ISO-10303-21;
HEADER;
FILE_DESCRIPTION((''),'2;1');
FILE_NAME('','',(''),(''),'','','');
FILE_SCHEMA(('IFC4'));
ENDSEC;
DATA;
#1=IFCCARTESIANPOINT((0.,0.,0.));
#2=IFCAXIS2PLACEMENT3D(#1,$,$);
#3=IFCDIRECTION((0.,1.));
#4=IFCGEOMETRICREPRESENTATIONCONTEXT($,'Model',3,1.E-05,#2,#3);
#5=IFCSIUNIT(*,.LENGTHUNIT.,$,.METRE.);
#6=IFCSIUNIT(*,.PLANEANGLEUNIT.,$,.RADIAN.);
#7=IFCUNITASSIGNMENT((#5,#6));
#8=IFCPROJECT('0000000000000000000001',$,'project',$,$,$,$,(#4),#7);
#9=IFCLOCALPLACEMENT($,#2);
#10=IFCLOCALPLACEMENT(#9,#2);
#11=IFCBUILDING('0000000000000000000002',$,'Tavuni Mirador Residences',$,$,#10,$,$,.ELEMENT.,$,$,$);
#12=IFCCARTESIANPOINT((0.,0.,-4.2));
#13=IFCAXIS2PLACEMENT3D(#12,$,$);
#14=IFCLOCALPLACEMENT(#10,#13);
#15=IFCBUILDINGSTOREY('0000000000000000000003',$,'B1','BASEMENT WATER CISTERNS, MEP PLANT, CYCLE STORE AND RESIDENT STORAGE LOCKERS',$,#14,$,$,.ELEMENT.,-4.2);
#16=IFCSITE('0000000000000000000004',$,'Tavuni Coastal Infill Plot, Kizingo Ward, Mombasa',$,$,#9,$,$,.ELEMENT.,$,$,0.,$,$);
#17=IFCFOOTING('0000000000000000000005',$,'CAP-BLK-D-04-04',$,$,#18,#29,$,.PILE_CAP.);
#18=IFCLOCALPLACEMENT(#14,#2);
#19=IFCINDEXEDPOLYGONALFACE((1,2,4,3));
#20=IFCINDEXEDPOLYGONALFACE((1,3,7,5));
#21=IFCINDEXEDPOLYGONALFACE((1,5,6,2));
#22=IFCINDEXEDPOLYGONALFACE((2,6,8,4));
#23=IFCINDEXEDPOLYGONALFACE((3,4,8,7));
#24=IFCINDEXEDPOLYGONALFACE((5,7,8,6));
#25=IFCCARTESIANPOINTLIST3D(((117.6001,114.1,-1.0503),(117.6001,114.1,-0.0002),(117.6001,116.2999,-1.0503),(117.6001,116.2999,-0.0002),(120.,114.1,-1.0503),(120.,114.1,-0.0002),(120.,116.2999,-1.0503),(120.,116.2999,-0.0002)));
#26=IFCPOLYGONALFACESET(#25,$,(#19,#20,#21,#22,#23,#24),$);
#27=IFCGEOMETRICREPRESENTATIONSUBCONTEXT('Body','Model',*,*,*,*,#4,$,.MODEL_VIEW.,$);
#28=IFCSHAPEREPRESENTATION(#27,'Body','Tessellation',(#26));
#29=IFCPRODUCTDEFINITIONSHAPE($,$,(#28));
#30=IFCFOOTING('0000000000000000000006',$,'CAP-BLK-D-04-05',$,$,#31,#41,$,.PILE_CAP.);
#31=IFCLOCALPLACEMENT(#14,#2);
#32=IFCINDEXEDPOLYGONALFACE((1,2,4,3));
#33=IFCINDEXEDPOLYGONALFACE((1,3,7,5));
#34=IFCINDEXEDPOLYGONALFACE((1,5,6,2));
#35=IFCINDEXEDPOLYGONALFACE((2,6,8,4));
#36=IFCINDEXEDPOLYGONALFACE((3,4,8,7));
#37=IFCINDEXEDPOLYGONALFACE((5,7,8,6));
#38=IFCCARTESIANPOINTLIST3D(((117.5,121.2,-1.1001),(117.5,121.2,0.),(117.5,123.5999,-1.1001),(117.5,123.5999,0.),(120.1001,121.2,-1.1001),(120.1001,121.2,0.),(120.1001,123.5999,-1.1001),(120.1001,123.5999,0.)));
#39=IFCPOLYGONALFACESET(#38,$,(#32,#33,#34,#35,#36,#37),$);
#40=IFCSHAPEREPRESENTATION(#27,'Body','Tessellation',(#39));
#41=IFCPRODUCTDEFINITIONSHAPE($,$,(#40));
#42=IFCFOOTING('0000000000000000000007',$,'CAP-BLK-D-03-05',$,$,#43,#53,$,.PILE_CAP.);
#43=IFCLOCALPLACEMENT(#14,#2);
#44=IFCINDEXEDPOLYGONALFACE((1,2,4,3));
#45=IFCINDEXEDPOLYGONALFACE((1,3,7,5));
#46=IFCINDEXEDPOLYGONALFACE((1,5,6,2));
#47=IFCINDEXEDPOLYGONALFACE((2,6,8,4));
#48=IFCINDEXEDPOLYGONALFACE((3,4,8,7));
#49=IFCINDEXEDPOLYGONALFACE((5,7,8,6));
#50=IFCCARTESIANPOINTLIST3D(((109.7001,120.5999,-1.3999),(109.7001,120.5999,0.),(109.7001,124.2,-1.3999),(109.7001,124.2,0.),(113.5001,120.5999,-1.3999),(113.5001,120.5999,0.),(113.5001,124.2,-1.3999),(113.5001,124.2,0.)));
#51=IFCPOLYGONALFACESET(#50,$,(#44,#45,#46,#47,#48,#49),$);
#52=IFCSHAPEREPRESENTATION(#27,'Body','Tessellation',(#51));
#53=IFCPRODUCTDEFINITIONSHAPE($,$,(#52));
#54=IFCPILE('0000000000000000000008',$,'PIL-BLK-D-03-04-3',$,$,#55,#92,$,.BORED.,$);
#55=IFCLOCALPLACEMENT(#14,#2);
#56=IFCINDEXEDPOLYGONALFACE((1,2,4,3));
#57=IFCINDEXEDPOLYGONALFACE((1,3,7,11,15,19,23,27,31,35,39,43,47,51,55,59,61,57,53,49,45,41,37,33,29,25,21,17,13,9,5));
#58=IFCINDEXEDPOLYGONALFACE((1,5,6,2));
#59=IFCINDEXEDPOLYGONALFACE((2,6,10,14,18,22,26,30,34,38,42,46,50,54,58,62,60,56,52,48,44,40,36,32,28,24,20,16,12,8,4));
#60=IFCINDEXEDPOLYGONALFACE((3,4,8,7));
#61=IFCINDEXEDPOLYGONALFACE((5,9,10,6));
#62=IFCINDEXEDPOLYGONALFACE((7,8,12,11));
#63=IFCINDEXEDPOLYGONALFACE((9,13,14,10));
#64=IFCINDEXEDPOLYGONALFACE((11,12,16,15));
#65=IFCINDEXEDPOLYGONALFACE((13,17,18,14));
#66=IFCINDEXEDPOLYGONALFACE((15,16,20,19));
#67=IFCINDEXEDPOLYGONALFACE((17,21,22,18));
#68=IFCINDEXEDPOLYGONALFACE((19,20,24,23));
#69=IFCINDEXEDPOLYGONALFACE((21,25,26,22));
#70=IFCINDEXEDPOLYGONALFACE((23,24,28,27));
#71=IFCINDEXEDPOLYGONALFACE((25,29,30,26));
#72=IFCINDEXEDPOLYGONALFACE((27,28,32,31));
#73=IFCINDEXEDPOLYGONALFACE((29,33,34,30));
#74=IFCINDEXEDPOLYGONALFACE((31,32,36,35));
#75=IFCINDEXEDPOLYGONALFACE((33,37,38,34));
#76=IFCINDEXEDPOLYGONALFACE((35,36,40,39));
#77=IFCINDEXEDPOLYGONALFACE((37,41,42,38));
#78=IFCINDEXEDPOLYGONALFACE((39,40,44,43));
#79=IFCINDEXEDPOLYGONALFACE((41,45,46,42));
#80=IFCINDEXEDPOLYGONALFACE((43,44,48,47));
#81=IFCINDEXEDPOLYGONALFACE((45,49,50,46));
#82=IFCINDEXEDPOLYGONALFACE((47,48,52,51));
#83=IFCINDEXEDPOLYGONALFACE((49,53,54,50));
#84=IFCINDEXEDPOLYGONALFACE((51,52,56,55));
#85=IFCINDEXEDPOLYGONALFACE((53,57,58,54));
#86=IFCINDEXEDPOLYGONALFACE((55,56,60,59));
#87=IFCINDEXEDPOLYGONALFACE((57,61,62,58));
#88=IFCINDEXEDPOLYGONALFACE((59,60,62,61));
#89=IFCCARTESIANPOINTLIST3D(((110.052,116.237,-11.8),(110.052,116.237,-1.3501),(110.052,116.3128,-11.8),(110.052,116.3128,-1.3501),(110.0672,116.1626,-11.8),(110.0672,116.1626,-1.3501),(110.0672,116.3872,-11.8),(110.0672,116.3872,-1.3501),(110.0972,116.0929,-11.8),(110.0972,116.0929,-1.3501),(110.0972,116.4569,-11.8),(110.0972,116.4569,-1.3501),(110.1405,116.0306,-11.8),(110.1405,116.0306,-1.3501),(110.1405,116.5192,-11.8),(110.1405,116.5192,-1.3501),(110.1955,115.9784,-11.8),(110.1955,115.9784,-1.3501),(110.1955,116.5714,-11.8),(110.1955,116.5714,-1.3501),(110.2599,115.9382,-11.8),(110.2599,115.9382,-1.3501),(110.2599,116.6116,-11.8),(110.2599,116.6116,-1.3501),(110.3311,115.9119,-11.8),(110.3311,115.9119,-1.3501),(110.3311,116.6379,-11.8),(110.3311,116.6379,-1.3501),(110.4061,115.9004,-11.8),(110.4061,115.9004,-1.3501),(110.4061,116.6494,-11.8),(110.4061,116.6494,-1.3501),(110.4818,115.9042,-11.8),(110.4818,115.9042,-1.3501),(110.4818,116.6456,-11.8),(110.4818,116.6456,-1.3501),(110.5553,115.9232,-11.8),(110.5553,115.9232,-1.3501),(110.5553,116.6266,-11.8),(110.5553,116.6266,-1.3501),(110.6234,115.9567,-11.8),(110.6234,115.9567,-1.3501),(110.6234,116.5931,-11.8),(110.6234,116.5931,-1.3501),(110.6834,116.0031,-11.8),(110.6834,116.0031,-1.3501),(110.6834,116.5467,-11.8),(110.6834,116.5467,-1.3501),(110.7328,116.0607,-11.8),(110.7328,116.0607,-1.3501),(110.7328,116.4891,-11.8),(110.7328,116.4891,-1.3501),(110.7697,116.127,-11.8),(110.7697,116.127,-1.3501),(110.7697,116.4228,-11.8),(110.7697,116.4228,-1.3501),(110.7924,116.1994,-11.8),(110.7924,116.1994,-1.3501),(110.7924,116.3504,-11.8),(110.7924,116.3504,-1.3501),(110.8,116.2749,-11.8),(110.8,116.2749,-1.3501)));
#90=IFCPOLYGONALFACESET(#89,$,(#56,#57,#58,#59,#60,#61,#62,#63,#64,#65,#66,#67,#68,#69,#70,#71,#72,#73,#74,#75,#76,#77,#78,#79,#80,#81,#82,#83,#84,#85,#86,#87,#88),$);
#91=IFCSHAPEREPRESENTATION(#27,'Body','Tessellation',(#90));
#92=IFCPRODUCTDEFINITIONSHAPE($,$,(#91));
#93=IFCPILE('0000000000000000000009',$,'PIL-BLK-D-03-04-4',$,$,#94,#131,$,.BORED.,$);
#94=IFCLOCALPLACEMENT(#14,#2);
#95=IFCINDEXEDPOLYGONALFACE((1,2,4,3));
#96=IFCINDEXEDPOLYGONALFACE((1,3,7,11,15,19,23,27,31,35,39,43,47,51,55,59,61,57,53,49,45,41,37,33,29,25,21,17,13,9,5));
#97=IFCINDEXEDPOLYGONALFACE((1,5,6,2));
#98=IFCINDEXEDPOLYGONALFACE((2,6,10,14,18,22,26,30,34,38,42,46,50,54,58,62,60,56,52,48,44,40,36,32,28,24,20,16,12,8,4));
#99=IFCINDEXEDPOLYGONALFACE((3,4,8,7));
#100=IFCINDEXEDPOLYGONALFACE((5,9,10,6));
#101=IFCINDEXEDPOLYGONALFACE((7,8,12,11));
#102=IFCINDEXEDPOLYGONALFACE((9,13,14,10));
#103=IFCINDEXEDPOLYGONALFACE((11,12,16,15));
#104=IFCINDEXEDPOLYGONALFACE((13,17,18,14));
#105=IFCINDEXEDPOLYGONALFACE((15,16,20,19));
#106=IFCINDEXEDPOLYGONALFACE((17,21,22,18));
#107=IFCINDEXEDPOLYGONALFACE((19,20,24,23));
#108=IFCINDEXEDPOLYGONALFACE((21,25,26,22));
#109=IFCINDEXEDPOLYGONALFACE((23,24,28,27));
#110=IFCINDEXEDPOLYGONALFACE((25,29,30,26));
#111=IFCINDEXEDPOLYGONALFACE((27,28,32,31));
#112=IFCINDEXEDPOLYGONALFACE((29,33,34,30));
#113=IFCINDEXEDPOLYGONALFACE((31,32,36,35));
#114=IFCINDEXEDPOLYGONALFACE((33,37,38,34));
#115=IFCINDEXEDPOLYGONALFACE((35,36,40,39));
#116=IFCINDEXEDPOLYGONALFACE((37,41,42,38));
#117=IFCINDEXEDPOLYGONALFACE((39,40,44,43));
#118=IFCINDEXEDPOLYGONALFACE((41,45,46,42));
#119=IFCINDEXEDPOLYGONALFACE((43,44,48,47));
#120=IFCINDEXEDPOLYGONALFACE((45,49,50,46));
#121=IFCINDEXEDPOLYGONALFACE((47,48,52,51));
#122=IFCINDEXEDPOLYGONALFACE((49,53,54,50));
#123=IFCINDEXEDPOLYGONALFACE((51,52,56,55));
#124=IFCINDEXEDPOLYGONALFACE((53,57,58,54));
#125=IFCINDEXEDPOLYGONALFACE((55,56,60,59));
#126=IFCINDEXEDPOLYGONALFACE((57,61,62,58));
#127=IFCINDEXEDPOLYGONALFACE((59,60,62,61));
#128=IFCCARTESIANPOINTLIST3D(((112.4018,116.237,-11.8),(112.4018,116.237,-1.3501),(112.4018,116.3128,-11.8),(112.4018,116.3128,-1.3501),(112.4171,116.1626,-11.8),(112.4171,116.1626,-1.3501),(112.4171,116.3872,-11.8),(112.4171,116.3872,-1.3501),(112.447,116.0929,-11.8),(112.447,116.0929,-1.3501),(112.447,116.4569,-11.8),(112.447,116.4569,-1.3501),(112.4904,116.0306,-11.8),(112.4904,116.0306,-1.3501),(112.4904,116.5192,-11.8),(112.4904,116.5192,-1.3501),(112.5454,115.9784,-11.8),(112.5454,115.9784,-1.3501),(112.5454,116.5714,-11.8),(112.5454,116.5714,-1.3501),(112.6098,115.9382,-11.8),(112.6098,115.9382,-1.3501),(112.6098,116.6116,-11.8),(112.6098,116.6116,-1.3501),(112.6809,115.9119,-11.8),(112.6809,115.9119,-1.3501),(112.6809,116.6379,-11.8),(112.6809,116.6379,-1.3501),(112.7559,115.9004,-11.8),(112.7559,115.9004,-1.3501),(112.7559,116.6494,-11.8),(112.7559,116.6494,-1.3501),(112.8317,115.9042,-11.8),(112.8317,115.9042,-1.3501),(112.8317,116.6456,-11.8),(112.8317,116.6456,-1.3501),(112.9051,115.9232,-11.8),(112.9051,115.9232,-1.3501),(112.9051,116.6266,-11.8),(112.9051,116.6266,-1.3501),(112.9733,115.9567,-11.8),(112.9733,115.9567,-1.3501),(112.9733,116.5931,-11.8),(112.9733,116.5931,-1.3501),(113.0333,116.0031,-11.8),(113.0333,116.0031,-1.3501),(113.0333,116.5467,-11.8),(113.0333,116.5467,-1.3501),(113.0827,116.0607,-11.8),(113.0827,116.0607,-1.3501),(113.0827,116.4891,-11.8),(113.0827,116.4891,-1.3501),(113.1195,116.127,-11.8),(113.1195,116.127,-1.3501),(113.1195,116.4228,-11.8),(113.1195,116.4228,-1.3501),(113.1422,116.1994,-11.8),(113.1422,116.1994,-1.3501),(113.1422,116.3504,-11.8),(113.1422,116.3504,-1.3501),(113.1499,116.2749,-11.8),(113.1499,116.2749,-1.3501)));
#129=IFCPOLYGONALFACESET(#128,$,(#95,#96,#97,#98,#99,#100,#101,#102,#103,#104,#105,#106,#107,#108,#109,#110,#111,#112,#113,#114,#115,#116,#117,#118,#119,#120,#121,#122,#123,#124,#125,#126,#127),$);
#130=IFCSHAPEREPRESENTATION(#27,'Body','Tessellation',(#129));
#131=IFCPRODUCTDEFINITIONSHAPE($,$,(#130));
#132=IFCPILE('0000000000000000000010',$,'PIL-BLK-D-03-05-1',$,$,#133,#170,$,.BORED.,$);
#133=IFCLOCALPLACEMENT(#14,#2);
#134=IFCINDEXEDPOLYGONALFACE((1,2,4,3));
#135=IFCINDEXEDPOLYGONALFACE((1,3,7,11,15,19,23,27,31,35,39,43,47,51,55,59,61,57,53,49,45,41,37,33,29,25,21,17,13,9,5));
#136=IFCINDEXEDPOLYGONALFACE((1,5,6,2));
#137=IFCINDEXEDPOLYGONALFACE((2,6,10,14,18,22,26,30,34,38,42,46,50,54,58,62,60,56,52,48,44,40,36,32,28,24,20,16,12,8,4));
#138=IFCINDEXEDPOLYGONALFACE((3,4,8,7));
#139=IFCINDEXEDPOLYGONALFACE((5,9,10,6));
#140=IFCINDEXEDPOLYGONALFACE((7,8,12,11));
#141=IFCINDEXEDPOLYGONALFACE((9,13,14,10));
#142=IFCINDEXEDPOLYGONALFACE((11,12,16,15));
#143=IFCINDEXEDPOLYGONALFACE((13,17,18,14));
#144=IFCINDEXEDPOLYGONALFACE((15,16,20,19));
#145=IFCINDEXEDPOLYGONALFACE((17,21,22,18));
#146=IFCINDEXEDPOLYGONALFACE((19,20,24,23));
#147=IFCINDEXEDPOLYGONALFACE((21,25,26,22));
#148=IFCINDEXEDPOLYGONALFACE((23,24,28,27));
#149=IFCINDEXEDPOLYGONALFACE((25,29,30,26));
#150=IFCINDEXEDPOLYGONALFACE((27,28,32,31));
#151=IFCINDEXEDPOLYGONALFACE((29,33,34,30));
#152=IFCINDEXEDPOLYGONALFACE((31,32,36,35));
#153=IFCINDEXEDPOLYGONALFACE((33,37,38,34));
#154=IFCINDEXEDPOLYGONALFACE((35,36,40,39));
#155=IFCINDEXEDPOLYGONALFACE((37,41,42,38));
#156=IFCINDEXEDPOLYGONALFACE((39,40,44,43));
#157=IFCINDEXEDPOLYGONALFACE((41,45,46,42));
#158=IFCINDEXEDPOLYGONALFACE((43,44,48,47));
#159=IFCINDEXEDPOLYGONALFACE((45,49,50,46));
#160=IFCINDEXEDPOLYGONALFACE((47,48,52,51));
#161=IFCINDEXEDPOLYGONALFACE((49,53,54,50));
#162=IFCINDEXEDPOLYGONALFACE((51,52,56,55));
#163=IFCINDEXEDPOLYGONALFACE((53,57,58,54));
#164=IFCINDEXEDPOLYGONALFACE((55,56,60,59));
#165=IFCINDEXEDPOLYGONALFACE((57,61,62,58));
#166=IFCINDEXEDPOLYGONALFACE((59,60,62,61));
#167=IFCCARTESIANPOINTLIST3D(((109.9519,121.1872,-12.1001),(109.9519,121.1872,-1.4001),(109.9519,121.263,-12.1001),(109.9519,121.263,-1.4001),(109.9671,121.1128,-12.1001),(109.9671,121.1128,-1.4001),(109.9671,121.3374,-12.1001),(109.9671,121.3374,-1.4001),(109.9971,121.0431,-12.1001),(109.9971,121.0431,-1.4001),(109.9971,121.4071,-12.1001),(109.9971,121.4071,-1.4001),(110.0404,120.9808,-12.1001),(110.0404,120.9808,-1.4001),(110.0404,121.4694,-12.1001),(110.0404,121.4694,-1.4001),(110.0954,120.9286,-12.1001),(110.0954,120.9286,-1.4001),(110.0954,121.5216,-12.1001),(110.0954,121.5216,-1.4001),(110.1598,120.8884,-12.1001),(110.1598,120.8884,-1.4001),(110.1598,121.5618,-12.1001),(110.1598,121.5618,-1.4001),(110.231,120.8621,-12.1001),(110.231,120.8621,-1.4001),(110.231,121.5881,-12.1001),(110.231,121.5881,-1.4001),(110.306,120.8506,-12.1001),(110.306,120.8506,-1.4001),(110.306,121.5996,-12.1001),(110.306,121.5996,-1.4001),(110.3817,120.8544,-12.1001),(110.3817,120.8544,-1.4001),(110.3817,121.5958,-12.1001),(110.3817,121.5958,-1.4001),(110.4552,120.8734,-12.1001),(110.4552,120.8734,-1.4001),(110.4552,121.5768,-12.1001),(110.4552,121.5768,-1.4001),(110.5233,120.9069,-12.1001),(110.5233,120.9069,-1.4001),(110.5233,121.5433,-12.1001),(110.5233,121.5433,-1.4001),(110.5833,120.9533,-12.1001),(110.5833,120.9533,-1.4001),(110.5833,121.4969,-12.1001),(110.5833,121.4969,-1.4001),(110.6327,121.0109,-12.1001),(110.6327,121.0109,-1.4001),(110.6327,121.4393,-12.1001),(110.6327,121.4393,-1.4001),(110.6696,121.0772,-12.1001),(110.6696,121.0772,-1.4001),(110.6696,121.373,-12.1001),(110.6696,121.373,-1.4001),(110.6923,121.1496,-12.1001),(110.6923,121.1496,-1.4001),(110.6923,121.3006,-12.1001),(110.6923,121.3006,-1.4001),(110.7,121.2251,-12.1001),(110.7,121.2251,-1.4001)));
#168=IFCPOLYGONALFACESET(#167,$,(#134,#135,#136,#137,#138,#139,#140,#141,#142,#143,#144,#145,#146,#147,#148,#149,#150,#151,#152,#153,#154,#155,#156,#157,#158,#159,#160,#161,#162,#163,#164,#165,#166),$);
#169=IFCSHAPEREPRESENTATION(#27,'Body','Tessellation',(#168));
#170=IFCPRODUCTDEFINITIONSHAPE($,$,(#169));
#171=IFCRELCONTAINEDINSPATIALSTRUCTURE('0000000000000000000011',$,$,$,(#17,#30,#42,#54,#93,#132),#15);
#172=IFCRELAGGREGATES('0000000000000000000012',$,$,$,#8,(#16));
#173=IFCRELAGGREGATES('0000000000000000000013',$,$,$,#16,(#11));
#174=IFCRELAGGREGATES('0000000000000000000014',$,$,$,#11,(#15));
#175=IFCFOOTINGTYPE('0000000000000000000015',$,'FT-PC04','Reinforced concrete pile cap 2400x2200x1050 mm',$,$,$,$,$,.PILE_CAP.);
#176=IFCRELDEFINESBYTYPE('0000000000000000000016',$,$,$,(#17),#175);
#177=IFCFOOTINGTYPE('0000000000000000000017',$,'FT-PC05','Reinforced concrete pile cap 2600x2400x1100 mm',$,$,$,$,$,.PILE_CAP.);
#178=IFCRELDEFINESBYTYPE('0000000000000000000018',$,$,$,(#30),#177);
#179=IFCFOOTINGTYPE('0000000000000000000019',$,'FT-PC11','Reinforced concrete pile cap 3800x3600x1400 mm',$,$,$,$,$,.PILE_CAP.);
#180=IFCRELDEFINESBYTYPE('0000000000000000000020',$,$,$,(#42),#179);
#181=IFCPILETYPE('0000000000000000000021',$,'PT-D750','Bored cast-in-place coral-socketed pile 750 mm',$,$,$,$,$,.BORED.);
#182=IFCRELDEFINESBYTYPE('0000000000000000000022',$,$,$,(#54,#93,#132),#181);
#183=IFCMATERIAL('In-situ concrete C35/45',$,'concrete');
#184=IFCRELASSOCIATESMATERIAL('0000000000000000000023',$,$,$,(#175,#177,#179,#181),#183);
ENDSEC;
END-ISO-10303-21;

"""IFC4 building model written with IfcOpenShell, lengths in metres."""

from ifc_helpers import new_model, si_unit, direction, frame, origin, origin_2d, place, context, subcontext, project, spatial, rectangle, circle, extrude, material, material_profile, profile_set, type_object, element, save


model = new_model("IFC4")

# Units and contexts
model_context = context("Model", 3, precision=1e-05, world=origin(), true_north=direction((0.0, 1.0)))
body_context = subcontext(model_context, "Body", "Model", "MODEL_VIEW")
ifc_project = project(units=[si_unit("LENGTHUNIT", "METRE"), si_unit("PLANEANGLEUNIT", "RADIAN")], contexts=[model_context])

# Site, building, storey
site_placement = place(None, origin())
site = spatial("IfcSite", under=ifc_project, at=site_placement, Name="Tavuni Coastal Infill Plot, Kizingo Ward, Mombasa", CompositionType="ELEMENT", RefElevation=0.0)
building_placement = place(site_placement, origin())
building = spatial("IfcBuilding", under=site, at=building_placement, Name="Tavuni Mirador Residences", CompositionType="ELEMENT")
storey_placement = place(building_placement, frame((0.0, 0.0, -4.2)))
storey = spatial("IfcBuildingStorey", under=building, at=storey_placement, Name="B1", Description="BASEMENT WATER CISTERNS, MEP PLANT, CYCLE STORE AND RESIDENT STORAGE LOCKERS", CompositionType="ELEMENT", Elevation=-4.2)

# Footings
ifc_material_1 = material(Name="In-situ concrete C35/45", Category="concrete")
footing_type_1 = type_object("IfcFootingType", Name="FT-PC04", Description="Reinforced concrete pile cap 2400x2200x1050 mm", PredefinedType="PILE_CAP", material=ifc_material_1)
footing_1_placement = place(storey_placement, frame((118.8, 115.2, -1.0503), z_axis=(0.0, 0.0, 1.0), x_axis=(1.0, 0.0, 0.0)))
element("IfcFooting", 1, at=footing_1_placement, inside=storey, type_object=footing_type_1, Name="CAP-BLK-D-04-04", PredefinedType="PILE_CAP", context=body_context, shape_type="SweptSolid", body=[
    extrude(rectangle(XDim=2.3999, YDim=2.2, at=origin_2d()), origin(), (0.0, 0.0, 1.0), 1.05),
])
footing_type_2 = type_object("IfcFootingType", Name="FT-PC05", Description="Reinforced concrete pile cap 2600x2400x1100 mm", PredefinedType="PILE_CAP", material=ifc_material_1)
footing_2_placement = place(storey_placement, frame((118.8, 122.3999, -1.1001), z_axis=(0.0, 0.0, 1.0), x_axis=(1.0, 0.0, 0.0)))
element("IfcFooting", 2, at=footing_2_placement, inside=storey, type_object=footing_type_2, Name="CAP-BLK-D-04-05", PredefinedType="PILE_CAP", context=body_context, shape_type="SweptSolid", body=[
    extrude(rectangle(XDim=2.6001, YDim=2.3999, at=origin_2d()), origin(), (0.0, 0.0, 1.0), 1.1001),
])
footing_type_3 = type_object("IfcFootingType", Name="FT-PC11", Description="Reinforced concrete pile cap 3800x3600x1400 mm", PredefinedType="PILE_CAP", material=ifc_material_1)
footing_3_placement = place(storey_placement, frame((111.6001, 122.3999, -1.3999), z_axis=(0.0, 0.0, 1.0), x_axis=(1.0, 0.0, 0.0)))
element("IfcFooting", 3, at=footing_3_placement, inside=storey, type_object=footing_type_3, Name="CAP-BLK-D-03-05", PredefinedType="PILE_CAP", context=body_context, shape_type="SweptSolid", body=[
    extrude(rectangle(XDim=3.8, YDim=3.6001, at=origin_2d()), origin(), (0.0, 0.0, 1.0), 1.3999),
])

# Piles
ifc_material_profile_1 = material_profile(ifc_material_1, circle(Radius=0.375, at=origin_2d()), Name="PILE D750", Category="concrete")
ifc_profile_set_1 = profile_set([ifc_material_profile_1], Name="In-situ concrete C35/45")
pile_type_1 = type_object("IfcPileType", Name="PT-D750", Description="Bored cast-in-place coral-socketed pile 750 mm", PredefinedType="BORED", material=ifc_profile_set_1)
for number, where, z_axis, x_axis, name in (
    (4, (110.425, 116.2749, -1.3501), (0.0, 0.0, -1.0), (1.0, 0.0, 0.0), "PIL-BLK-D-03-04-3"),
    (5, (112.7749, 116.2749, -1.3501), (0.0, 0.0, -1.0), (1.0, 0.0, 0.0), "PIL-BLK-D-03-04-4"),
):
    element("IfcPile", number, at=place(storey_placement, frame(where, z_axis=z_axis, x_axis=x_axis)), inside=storey, type_object=pile_type_1, Name=name, PredefinedType="BORED", context=body_context, shape_type="SweptSolid", body=[
        extrude(circle(Radius=0.375, at=origin_2d()), origin(), (0.0, 0.0, 1.0), 10.45),
    ])
for number, where, z_axis, x_axis, name in (
    (6, (110.325, 121.2251, -1.4001), (0.0, 0.0, -1.0), (1.0, 0.0, 0.0), "PIL-BLK-D-03-05-1"),
):
    element("IfcPile", number, at=place(storey_placement, frame(where, z_axis=z_axis, x_axis=x_axis)), inside=storey, type_object=pile_type_1, Name=name, PredefinedType="BORED", context=body_context, shape_type="SweptSolid", body=[
        extrude(circle(Radius=0.375, at=origin_2d()), origin(), (0.0, 0.0, 1.0), 10.7),
    ])

save(model, "model.ifc")
